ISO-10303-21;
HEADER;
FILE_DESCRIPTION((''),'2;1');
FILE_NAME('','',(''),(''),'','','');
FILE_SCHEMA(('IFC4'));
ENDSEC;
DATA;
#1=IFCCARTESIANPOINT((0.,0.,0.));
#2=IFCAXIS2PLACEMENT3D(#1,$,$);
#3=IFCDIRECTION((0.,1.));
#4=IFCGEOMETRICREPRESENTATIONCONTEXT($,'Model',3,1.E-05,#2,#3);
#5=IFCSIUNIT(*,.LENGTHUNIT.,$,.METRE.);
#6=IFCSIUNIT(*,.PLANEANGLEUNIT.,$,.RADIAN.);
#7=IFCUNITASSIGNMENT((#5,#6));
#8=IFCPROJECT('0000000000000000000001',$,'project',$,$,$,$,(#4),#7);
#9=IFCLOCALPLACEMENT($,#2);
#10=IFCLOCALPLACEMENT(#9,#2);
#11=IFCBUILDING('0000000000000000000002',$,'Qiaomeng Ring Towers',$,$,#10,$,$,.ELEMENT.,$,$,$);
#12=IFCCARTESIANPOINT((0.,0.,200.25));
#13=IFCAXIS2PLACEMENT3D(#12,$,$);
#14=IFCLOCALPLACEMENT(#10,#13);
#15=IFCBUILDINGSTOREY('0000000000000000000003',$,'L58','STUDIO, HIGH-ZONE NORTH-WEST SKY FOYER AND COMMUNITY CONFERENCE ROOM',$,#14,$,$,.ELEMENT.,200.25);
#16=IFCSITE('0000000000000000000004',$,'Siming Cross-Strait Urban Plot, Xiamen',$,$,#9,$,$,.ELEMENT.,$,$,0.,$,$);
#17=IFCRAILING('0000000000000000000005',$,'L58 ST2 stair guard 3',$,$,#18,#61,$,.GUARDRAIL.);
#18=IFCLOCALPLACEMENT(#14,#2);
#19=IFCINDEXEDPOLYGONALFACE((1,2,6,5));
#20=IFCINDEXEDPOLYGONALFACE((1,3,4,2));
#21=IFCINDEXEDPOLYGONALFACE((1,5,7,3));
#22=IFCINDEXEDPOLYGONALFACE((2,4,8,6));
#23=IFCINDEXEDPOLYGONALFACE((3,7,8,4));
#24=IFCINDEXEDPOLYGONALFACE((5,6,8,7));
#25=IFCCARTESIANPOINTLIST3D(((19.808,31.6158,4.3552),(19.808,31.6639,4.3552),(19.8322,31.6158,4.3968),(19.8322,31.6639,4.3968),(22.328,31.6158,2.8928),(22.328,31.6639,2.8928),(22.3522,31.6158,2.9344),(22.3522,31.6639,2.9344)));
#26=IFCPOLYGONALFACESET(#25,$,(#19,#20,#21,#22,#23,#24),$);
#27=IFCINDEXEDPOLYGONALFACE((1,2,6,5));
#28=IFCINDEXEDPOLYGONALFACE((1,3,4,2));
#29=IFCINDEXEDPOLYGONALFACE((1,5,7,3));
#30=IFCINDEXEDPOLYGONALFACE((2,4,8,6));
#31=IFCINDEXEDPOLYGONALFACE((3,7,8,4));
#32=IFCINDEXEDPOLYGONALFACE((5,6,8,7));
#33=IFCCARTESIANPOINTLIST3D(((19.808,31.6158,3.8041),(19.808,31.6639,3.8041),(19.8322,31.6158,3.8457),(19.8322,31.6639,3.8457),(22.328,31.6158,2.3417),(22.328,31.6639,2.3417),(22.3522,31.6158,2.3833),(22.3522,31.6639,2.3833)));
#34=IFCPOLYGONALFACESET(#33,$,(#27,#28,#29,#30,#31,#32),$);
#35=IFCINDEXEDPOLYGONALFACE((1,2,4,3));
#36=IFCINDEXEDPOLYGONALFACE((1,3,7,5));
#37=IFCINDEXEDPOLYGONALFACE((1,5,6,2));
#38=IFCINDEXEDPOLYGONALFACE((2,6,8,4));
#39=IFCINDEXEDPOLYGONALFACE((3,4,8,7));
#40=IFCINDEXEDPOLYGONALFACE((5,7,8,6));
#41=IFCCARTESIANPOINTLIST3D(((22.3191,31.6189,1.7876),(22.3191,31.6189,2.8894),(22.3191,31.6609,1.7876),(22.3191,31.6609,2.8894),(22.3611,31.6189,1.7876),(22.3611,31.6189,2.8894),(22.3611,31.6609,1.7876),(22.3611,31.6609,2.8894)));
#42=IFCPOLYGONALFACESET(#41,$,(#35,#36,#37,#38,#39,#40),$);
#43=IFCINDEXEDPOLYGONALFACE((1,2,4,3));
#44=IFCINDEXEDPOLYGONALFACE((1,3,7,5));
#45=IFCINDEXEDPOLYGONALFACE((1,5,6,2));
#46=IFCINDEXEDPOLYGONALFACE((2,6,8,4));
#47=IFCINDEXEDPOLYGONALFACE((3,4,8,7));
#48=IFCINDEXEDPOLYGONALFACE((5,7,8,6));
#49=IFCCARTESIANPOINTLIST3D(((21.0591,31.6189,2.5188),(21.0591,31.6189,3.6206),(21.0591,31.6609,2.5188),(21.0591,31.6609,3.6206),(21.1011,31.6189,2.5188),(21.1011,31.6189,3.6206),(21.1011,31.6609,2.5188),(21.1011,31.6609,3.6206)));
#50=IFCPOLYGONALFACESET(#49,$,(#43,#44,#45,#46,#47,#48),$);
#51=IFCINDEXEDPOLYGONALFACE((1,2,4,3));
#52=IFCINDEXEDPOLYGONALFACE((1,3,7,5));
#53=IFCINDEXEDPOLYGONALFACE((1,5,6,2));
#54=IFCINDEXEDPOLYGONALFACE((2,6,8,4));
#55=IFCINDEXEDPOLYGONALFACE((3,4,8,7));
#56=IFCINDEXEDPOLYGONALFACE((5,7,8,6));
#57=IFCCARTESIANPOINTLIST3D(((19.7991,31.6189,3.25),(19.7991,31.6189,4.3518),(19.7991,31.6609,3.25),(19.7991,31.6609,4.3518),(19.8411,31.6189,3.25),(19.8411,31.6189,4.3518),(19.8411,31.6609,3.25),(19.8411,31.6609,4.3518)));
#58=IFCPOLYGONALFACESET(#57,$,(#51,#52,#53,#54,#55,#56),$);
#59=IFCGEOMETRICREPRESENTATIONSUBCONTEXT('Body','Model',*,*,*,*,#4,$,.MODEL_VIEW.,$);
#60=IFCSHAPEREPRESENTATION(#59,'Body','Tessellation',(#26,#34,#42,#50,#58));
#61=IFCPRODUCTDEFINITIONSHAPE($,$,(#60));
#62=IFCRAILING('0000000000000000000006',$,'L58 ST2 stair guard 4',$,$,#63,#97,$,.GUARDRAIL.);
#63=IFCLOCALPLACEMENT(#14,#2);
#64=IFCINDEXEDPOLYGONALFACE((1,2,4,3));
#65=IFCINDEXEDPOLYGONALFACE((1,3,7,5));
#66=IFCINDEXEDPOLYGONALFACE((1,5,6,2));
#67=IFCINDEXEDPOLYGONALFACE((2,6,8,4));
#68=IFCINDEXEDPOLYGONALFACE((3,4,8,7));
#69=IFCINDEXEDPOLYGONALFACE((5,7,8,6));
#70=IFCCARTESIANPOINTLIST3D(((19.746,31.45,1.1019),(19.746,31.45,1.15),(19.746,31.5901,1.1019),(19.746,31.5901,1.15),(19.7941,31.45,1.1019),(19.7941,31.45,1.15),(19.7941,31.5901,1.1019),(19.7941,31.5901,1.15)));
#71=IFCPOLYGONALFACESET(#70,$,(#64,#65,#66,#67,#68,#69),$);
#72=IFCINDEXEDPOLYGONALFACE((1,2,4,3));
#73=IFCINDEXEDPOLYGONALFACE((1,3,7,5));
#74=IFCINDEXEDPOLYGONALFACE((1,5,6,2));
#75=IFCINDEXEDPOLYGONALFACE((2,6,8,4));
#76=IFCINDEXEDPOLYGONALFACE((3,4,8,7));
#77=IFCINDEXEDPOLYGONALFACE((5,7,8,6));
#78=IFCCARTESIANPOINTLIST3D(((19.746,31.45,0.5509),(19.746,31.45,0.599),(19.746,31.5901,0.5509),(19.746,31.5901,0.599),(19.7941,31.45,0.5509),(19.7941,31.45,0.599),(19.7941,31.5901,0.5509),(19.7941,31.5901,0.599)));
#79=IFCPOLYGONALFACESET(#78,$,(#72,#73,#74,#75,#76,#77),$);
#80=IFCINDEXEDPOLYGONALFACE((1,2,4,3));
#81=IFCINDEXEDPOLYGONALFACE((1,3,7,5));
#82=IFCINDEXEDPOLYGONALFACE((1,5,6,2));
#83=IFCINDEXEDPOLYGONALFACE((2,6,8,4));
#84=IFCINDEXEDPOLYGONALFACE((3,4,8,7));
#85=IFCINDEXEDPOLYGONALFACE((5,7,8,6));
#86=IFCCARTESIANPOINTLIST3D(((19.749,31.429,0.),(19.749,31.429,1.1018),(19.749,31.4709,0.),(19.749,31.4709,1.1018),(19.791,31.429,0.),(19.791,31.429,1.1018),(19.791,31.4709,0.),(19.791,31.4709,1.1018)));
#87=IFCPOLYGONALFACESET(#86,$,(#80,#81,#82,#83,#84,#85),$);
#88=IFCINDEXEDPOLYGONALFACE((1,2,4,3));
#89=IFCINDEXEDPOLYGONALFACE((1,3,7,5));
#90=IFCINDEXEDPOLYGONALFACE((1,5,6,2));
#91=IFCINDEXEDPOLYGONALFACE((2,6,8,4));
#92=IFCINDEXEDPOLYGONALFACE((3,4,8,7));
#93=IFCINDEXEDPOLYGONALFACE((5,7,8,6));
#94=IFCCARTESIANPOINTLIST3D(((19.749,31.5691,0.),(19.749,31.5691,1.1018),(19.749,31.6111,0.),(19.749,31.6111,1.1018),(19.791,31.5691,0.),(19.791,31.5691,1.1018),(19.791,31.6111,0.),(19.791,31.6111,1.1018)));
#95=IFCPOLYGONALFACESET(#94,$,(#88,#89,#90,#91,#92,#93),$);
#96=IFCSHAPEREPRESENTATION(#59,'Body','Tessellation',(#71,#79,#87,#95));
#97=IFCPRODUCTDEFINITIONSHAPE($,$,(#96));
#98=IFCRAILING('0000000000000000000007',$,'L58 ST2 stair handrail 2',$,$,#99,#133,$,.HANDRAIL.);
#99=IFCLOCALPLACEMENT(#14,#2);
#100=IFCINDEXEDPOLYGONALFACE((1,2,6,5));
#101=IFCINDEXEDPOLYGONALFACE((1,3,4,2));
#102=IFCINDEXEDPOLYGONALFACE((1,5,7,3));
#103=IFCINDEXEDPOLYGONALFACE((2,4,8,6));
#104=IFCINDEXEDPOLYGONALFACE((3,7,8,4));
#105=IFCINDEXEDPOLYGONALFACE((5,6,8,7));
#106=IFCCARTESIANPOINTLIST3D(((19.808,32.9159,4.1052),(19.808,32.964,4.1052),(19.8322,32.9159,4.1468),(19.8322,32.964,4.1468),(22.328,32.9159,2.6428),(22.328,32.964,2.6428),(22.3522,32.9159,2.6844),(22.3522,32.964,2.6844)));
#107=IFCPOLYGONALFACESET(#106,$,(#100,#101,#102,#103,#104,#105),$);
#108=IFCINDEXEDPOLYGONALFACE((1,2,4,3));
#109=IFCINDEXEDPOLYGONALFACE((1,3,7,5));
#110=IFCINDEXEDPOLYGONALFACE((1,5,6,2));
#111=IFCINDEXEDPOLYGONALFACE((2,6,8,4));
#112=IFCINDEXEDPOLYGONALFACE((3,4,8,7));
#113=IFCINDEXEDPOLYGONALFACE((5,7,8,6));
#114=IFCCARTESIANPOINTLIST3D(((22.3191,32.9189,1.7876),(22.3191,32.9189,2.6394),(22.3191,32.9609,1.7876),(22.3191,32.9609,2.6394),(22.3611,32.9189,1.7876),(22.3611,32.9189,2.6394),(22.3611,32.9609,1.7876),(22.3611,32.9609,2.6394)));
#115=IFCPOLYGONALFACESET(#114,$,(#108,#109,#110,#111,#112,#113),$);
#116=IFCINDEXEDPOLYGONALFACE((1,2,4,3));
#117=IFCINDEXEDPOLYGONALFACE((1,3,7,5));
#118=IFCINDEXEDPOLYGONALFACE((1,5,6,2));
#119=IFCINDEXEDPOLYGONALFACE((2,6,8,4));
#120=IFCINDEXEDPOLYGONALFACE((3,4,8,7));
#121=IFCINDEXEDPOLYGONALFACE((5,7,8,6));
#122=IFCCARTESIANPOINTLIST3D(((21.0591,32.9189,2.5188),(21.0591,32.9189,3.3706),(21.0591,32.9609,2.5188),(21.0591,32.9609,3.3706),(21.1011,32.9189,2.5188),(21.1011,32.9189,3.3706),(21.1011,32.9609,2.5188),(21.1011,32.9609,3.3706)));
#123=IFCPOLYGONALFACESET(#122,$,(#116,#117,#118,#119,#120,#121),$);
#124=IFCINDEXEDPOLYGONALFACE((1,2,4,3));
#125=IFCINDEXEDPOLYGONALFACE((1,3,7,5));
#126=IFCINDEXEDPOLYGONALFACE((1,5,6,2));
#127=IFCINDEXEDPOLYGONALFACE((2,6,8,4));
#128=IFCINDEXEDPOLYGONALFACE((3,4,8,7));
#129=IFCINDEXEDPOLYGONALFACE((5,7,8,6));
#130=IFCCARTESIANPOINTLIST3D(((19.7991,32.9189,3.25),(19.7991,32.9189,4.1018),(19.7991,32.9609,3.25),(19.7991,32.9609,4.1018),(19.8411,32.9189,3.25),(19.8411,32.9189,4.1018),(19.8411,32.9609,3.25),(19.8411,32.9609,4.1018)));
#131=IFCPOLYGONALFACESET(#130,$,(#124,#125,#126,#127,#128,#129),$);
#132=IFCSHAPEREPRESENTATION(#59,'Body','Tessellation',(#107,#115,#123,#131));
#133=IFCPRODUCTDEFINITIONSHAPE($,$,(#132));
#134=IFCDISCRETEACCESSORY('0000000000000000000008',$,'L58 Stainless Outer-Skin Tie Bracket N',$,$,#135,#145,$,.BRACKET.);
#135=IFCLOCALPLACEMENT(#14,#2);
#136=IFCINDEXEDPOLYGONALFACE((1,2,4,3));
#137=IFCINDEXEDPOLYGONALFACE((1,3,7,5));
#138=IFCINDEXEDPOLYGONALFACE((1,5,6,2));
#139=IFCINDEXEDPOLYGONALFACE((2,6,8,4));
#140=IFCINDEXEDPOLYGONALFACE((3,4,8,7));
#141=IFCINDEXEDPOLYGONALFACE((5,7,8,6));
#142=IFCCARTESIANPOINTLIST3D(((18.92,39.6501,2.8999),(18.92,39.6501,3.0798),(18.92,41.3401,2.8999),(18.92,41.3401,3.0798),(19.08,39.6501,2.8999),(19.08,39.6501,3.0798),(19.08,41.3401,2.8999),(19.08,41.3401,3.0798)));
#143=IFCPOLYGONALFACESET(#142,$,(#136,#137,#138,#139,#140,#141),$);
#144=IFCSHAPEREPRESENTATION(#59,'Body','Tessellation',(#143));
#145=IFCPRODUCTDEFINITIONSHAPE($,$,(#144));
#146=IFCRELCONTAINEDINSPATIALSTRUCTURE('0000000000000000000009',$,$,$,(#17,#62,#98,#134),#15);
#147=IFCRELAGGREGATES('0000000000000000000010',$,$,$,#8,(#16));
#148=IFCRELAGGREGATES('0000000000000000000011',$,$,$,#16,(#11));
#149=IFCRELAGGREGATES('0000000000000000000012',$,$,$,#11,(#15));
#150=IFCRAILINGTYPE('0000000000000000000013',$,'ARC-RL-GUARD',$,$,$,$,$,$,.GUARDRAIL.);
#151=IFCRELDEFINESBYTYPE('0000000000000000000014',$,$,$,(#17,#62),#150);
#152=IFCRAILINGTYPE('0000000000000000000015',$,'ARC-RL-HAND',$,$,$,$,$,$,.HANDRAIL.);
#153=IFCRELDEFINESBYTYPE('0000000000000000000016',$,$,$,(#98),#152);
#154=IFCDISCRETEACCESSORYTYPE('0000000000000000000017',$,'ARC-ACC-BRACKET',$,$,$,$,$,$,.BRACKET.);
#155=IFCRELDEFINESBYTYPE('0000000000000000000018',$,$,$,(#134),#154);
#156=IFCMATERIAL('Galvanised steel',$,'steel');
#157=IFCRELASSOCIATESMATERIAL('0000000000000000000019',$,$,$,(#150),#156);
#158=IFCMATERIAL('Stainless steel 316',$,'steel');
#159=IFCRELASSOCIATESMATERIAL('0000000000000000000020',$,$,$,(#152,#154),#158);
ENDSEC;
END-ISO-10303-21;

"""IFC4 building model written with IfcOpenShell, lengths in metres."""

from ifc_helpers import new_model, si_unit, direction, frame, origin, origin_2d, place, context, subcontext, project, spatial, rectangle, extrude, source, transform, mapped, material, type_object, element, save


model = new_model("IFC4")

# Units and contexts
model_context = context("Model", 3, precision=1e-05, world=origin(), true_north=direction((0.0, 1.0)))
body_context = subcontext(model_context, "Body", "Model", "MODEL_VIEW")
ifc_project = project(units=[si_unit("LENGTHUNIT", "METRE"), si_unit("PLANEANGLEUNIT", "RADIAN")], contexts=[model_context])

# Site, building, storey
site_placement = place(None, origin())
site = spatial("IfcSite", under=ifc_project, at=site_placement, Name="Siming Cross-Strait Urban Plot, Xiamen", CompositionType="ELEMENT", RefElevation=0.0)
building_placement = place(site_placement, origin())
building = spatial("IfcBuilding", under=site, at=building_placement, Name="Qiaomeng Ring Towers", CompositionType="ELEMENT")
storey_placement = place(building_placement, frame((0.0, 0.0, 200.25)))
storey = spatial("IfcBuildingStorey", under=building, at=storey_placement, Name="L58", Description="STUDIO, HIGH-ZONE NORTH-WEST SKY FOYER AND COMMUNITY CONFERENCE ROOM", CompositionType="ELEMENT", Elevation=200.25)

# Railings
ifc_material_1 = material(Name="Galvanised steel", Category="steel")
railing_type_1 = type_object("IfcRailingType", Name="ARC-RL-GUARD", PredefinedType="GUARDRAIL", material=ifc_material_1)
railing_1_placement = place(storey_placement, frame((22.3401, 31.6399, 1.7876)))
element("IfcRailing", 1, at=railing_1_placement, inside=storey, type_object=railing_type_1, Name="L58 ST2 stair guard 3", PredefinedType="GUARDRAIL", context=body_context, shape_type="SweptSolid", body=[
    extrude(rectangle(XDim=0.0481, YDim=0.0481, at=origin_2d()), frame((0.0, 0.0, 1.126), z_axis=(-0.864913, 0.0, 0.501921), x_axis=(0.0, -1.0, 0.0)), (0.0, 0.0, 1.0), 2.9136),
    extrude(rectangle(XDim=0.0481, YDim=0.0481, at=origin_2d()), frame((0.0, 0.0, 0.575), z_axis=(-0.864913, 0.0, 0.501921), x_axis=(0.0, -1.0, 0.0)), (0.0, 0.0, 1.0), 2.9136),
    extrude(rectangle(XDim=0.042, YDim=0.042, at=origin_2d()), origin(), (0.0, 0.0, 1.0), 1.1018),
    extrude(rectangle(XDim=0.042, YDim=0.042, at=origin_2d()), frame((-1.26, 0.0, 0.7312)), (0.0, 0.0, 1.0), 1.1018),
    extrude(rectangle(XDim=0.042, YDim=0.042, at=origin_2d()), frame((-2.52, 0.0, 1.4624)), (0.0, 0.0, 1.0), 1.1018),
])
railing_2_placement = place(storey_placement, frame((19.77, 31.45, 0.0)))
element("IfcRailing", 2, at=railing_2_placement, inside=storey, type_object=railing_type_1, Name="L58 ST2 stair guard 4", PredefinedType="GUARDRAIL", context=body_context, shape_type="SweptSolid", body=[
    extrude(rectangle(XDim=0.0481, YDim=0.0481, at=origin_2d()), frame((0.0, 0.0, 1.126), z_axis=(0.0, 1.0, 0.0), x_axis=(-1.0, 0.0, 0.0)), (0.0, 0.0, 1.0), 0.1401),
    extrude(rectangle(XDim=0.0481, YDim=0.0481, at=origin_2d()), frame((0.0, 0.0, 0.575), z_axis=(0.0, 1.0, 0.0), x_axis=(-1.0, 0.0, 0.0)), (0.0, 0.0, 1.0), 0.1401),
    extrude(rectangle(XDim=0.042, YDim=0.042, at=origin_2d()), origin(), (0.0, 0.0, 1.0), 1.1018),
    extrude(rectangle(XDim=0.042, YDim=0.042, at=origin_2d()), frame((0.0, 0.1401, 0.0)), (0.0, 0.0, 1.0), 1.1018),
])
ifc_material_2 = material(Name="Stainless steel 316", Category="steel")
railing_type_2 = type_object("IfcRailingType", Name="ARC-RL-HAND", PredefinedType="HANDRAIL", material=ifc_material_2)
railing_3_placement = place(storey_placement, frame((22.3401, 32.9399, 1.7876)))
element("IfcRailing", 3, at=railing_3_placement, inside=storey, type_object=railing_type_2, Name="L58 ST2 stair handrail 2", PredefinedType="HANDRAIL", context=body_context, shape_type="SweptSolid", body=[
    extrude(rectangle(XDim=0.0481, YDim=0.0481, at=origin_2d()), frame((0.0, 0.0, 0.876), z_axis=(-0.864913, 0.0, 0.501921), x_axis=(0.0, -1.0, 0.0)), (0.0, 0.0, 1.0), 2.9136),
    extrude(rectangle(XDim=0.042, YDim=0.042, at=origin_2d()), origin(), (0.0, 0.0, 1.0), 0.8518),
    extrude(rectangle(XDim=0.042, YDim=0.042, at=origin_2d()), frame((-1.26, 0.0, 0.7312)), (0.0, 0.0, 1.0), 0.8518),
    extrude(rectangle(XDim=0.042, YDim=0.042, at=origin_2d()), frame((-2.52, 0.0, 1.4624)), (0.0, 0.0, 1.0), 0.8518),
])

# Discrete accessory
discrete_accessory_type = type_object("IfcDiscreteAccessoryType", Name="ARC-ACC-BRACKET", PredefinedType="BRACKET", material=ifc_material_2)
shared_shape_1 = source(origin(), body_context, "Body", "SweptSolid", [
    extrude(rectangle(XDim=0.1599, YDim=1.6899, at=origin_2d()), origin(), (0.0, 0.0, 1.0), 0.1799),
])
discrete_accessory_placement = place(storey_placement, frame((19.0, 40.4951, 2.8999), z_axis=(0.0, 0.0, 1.0), x_axis=(1.0, 0.0, 0.0)))
element("IfcDiscreteAccessory", 4, at=discrete_accessory_placement, inside=storey, type_object=discrete_accessory_type, Name="L58 Stainless Outer-Skin Tie Bracket N", PredefinedType="BRACKET", context=body_context, shape_type="MappedRepresentation", body=[
    mapped(shared_shape_1, transform((0.0, 0.0, 0.0), x_axis=(1.0, 0.0, 0.0), y_axis=(0.0, 1.0, 0.0), z_axis=(0.0, 0.0, 1.0), scale=1.0)),
])

save(model, "model.ifc")
